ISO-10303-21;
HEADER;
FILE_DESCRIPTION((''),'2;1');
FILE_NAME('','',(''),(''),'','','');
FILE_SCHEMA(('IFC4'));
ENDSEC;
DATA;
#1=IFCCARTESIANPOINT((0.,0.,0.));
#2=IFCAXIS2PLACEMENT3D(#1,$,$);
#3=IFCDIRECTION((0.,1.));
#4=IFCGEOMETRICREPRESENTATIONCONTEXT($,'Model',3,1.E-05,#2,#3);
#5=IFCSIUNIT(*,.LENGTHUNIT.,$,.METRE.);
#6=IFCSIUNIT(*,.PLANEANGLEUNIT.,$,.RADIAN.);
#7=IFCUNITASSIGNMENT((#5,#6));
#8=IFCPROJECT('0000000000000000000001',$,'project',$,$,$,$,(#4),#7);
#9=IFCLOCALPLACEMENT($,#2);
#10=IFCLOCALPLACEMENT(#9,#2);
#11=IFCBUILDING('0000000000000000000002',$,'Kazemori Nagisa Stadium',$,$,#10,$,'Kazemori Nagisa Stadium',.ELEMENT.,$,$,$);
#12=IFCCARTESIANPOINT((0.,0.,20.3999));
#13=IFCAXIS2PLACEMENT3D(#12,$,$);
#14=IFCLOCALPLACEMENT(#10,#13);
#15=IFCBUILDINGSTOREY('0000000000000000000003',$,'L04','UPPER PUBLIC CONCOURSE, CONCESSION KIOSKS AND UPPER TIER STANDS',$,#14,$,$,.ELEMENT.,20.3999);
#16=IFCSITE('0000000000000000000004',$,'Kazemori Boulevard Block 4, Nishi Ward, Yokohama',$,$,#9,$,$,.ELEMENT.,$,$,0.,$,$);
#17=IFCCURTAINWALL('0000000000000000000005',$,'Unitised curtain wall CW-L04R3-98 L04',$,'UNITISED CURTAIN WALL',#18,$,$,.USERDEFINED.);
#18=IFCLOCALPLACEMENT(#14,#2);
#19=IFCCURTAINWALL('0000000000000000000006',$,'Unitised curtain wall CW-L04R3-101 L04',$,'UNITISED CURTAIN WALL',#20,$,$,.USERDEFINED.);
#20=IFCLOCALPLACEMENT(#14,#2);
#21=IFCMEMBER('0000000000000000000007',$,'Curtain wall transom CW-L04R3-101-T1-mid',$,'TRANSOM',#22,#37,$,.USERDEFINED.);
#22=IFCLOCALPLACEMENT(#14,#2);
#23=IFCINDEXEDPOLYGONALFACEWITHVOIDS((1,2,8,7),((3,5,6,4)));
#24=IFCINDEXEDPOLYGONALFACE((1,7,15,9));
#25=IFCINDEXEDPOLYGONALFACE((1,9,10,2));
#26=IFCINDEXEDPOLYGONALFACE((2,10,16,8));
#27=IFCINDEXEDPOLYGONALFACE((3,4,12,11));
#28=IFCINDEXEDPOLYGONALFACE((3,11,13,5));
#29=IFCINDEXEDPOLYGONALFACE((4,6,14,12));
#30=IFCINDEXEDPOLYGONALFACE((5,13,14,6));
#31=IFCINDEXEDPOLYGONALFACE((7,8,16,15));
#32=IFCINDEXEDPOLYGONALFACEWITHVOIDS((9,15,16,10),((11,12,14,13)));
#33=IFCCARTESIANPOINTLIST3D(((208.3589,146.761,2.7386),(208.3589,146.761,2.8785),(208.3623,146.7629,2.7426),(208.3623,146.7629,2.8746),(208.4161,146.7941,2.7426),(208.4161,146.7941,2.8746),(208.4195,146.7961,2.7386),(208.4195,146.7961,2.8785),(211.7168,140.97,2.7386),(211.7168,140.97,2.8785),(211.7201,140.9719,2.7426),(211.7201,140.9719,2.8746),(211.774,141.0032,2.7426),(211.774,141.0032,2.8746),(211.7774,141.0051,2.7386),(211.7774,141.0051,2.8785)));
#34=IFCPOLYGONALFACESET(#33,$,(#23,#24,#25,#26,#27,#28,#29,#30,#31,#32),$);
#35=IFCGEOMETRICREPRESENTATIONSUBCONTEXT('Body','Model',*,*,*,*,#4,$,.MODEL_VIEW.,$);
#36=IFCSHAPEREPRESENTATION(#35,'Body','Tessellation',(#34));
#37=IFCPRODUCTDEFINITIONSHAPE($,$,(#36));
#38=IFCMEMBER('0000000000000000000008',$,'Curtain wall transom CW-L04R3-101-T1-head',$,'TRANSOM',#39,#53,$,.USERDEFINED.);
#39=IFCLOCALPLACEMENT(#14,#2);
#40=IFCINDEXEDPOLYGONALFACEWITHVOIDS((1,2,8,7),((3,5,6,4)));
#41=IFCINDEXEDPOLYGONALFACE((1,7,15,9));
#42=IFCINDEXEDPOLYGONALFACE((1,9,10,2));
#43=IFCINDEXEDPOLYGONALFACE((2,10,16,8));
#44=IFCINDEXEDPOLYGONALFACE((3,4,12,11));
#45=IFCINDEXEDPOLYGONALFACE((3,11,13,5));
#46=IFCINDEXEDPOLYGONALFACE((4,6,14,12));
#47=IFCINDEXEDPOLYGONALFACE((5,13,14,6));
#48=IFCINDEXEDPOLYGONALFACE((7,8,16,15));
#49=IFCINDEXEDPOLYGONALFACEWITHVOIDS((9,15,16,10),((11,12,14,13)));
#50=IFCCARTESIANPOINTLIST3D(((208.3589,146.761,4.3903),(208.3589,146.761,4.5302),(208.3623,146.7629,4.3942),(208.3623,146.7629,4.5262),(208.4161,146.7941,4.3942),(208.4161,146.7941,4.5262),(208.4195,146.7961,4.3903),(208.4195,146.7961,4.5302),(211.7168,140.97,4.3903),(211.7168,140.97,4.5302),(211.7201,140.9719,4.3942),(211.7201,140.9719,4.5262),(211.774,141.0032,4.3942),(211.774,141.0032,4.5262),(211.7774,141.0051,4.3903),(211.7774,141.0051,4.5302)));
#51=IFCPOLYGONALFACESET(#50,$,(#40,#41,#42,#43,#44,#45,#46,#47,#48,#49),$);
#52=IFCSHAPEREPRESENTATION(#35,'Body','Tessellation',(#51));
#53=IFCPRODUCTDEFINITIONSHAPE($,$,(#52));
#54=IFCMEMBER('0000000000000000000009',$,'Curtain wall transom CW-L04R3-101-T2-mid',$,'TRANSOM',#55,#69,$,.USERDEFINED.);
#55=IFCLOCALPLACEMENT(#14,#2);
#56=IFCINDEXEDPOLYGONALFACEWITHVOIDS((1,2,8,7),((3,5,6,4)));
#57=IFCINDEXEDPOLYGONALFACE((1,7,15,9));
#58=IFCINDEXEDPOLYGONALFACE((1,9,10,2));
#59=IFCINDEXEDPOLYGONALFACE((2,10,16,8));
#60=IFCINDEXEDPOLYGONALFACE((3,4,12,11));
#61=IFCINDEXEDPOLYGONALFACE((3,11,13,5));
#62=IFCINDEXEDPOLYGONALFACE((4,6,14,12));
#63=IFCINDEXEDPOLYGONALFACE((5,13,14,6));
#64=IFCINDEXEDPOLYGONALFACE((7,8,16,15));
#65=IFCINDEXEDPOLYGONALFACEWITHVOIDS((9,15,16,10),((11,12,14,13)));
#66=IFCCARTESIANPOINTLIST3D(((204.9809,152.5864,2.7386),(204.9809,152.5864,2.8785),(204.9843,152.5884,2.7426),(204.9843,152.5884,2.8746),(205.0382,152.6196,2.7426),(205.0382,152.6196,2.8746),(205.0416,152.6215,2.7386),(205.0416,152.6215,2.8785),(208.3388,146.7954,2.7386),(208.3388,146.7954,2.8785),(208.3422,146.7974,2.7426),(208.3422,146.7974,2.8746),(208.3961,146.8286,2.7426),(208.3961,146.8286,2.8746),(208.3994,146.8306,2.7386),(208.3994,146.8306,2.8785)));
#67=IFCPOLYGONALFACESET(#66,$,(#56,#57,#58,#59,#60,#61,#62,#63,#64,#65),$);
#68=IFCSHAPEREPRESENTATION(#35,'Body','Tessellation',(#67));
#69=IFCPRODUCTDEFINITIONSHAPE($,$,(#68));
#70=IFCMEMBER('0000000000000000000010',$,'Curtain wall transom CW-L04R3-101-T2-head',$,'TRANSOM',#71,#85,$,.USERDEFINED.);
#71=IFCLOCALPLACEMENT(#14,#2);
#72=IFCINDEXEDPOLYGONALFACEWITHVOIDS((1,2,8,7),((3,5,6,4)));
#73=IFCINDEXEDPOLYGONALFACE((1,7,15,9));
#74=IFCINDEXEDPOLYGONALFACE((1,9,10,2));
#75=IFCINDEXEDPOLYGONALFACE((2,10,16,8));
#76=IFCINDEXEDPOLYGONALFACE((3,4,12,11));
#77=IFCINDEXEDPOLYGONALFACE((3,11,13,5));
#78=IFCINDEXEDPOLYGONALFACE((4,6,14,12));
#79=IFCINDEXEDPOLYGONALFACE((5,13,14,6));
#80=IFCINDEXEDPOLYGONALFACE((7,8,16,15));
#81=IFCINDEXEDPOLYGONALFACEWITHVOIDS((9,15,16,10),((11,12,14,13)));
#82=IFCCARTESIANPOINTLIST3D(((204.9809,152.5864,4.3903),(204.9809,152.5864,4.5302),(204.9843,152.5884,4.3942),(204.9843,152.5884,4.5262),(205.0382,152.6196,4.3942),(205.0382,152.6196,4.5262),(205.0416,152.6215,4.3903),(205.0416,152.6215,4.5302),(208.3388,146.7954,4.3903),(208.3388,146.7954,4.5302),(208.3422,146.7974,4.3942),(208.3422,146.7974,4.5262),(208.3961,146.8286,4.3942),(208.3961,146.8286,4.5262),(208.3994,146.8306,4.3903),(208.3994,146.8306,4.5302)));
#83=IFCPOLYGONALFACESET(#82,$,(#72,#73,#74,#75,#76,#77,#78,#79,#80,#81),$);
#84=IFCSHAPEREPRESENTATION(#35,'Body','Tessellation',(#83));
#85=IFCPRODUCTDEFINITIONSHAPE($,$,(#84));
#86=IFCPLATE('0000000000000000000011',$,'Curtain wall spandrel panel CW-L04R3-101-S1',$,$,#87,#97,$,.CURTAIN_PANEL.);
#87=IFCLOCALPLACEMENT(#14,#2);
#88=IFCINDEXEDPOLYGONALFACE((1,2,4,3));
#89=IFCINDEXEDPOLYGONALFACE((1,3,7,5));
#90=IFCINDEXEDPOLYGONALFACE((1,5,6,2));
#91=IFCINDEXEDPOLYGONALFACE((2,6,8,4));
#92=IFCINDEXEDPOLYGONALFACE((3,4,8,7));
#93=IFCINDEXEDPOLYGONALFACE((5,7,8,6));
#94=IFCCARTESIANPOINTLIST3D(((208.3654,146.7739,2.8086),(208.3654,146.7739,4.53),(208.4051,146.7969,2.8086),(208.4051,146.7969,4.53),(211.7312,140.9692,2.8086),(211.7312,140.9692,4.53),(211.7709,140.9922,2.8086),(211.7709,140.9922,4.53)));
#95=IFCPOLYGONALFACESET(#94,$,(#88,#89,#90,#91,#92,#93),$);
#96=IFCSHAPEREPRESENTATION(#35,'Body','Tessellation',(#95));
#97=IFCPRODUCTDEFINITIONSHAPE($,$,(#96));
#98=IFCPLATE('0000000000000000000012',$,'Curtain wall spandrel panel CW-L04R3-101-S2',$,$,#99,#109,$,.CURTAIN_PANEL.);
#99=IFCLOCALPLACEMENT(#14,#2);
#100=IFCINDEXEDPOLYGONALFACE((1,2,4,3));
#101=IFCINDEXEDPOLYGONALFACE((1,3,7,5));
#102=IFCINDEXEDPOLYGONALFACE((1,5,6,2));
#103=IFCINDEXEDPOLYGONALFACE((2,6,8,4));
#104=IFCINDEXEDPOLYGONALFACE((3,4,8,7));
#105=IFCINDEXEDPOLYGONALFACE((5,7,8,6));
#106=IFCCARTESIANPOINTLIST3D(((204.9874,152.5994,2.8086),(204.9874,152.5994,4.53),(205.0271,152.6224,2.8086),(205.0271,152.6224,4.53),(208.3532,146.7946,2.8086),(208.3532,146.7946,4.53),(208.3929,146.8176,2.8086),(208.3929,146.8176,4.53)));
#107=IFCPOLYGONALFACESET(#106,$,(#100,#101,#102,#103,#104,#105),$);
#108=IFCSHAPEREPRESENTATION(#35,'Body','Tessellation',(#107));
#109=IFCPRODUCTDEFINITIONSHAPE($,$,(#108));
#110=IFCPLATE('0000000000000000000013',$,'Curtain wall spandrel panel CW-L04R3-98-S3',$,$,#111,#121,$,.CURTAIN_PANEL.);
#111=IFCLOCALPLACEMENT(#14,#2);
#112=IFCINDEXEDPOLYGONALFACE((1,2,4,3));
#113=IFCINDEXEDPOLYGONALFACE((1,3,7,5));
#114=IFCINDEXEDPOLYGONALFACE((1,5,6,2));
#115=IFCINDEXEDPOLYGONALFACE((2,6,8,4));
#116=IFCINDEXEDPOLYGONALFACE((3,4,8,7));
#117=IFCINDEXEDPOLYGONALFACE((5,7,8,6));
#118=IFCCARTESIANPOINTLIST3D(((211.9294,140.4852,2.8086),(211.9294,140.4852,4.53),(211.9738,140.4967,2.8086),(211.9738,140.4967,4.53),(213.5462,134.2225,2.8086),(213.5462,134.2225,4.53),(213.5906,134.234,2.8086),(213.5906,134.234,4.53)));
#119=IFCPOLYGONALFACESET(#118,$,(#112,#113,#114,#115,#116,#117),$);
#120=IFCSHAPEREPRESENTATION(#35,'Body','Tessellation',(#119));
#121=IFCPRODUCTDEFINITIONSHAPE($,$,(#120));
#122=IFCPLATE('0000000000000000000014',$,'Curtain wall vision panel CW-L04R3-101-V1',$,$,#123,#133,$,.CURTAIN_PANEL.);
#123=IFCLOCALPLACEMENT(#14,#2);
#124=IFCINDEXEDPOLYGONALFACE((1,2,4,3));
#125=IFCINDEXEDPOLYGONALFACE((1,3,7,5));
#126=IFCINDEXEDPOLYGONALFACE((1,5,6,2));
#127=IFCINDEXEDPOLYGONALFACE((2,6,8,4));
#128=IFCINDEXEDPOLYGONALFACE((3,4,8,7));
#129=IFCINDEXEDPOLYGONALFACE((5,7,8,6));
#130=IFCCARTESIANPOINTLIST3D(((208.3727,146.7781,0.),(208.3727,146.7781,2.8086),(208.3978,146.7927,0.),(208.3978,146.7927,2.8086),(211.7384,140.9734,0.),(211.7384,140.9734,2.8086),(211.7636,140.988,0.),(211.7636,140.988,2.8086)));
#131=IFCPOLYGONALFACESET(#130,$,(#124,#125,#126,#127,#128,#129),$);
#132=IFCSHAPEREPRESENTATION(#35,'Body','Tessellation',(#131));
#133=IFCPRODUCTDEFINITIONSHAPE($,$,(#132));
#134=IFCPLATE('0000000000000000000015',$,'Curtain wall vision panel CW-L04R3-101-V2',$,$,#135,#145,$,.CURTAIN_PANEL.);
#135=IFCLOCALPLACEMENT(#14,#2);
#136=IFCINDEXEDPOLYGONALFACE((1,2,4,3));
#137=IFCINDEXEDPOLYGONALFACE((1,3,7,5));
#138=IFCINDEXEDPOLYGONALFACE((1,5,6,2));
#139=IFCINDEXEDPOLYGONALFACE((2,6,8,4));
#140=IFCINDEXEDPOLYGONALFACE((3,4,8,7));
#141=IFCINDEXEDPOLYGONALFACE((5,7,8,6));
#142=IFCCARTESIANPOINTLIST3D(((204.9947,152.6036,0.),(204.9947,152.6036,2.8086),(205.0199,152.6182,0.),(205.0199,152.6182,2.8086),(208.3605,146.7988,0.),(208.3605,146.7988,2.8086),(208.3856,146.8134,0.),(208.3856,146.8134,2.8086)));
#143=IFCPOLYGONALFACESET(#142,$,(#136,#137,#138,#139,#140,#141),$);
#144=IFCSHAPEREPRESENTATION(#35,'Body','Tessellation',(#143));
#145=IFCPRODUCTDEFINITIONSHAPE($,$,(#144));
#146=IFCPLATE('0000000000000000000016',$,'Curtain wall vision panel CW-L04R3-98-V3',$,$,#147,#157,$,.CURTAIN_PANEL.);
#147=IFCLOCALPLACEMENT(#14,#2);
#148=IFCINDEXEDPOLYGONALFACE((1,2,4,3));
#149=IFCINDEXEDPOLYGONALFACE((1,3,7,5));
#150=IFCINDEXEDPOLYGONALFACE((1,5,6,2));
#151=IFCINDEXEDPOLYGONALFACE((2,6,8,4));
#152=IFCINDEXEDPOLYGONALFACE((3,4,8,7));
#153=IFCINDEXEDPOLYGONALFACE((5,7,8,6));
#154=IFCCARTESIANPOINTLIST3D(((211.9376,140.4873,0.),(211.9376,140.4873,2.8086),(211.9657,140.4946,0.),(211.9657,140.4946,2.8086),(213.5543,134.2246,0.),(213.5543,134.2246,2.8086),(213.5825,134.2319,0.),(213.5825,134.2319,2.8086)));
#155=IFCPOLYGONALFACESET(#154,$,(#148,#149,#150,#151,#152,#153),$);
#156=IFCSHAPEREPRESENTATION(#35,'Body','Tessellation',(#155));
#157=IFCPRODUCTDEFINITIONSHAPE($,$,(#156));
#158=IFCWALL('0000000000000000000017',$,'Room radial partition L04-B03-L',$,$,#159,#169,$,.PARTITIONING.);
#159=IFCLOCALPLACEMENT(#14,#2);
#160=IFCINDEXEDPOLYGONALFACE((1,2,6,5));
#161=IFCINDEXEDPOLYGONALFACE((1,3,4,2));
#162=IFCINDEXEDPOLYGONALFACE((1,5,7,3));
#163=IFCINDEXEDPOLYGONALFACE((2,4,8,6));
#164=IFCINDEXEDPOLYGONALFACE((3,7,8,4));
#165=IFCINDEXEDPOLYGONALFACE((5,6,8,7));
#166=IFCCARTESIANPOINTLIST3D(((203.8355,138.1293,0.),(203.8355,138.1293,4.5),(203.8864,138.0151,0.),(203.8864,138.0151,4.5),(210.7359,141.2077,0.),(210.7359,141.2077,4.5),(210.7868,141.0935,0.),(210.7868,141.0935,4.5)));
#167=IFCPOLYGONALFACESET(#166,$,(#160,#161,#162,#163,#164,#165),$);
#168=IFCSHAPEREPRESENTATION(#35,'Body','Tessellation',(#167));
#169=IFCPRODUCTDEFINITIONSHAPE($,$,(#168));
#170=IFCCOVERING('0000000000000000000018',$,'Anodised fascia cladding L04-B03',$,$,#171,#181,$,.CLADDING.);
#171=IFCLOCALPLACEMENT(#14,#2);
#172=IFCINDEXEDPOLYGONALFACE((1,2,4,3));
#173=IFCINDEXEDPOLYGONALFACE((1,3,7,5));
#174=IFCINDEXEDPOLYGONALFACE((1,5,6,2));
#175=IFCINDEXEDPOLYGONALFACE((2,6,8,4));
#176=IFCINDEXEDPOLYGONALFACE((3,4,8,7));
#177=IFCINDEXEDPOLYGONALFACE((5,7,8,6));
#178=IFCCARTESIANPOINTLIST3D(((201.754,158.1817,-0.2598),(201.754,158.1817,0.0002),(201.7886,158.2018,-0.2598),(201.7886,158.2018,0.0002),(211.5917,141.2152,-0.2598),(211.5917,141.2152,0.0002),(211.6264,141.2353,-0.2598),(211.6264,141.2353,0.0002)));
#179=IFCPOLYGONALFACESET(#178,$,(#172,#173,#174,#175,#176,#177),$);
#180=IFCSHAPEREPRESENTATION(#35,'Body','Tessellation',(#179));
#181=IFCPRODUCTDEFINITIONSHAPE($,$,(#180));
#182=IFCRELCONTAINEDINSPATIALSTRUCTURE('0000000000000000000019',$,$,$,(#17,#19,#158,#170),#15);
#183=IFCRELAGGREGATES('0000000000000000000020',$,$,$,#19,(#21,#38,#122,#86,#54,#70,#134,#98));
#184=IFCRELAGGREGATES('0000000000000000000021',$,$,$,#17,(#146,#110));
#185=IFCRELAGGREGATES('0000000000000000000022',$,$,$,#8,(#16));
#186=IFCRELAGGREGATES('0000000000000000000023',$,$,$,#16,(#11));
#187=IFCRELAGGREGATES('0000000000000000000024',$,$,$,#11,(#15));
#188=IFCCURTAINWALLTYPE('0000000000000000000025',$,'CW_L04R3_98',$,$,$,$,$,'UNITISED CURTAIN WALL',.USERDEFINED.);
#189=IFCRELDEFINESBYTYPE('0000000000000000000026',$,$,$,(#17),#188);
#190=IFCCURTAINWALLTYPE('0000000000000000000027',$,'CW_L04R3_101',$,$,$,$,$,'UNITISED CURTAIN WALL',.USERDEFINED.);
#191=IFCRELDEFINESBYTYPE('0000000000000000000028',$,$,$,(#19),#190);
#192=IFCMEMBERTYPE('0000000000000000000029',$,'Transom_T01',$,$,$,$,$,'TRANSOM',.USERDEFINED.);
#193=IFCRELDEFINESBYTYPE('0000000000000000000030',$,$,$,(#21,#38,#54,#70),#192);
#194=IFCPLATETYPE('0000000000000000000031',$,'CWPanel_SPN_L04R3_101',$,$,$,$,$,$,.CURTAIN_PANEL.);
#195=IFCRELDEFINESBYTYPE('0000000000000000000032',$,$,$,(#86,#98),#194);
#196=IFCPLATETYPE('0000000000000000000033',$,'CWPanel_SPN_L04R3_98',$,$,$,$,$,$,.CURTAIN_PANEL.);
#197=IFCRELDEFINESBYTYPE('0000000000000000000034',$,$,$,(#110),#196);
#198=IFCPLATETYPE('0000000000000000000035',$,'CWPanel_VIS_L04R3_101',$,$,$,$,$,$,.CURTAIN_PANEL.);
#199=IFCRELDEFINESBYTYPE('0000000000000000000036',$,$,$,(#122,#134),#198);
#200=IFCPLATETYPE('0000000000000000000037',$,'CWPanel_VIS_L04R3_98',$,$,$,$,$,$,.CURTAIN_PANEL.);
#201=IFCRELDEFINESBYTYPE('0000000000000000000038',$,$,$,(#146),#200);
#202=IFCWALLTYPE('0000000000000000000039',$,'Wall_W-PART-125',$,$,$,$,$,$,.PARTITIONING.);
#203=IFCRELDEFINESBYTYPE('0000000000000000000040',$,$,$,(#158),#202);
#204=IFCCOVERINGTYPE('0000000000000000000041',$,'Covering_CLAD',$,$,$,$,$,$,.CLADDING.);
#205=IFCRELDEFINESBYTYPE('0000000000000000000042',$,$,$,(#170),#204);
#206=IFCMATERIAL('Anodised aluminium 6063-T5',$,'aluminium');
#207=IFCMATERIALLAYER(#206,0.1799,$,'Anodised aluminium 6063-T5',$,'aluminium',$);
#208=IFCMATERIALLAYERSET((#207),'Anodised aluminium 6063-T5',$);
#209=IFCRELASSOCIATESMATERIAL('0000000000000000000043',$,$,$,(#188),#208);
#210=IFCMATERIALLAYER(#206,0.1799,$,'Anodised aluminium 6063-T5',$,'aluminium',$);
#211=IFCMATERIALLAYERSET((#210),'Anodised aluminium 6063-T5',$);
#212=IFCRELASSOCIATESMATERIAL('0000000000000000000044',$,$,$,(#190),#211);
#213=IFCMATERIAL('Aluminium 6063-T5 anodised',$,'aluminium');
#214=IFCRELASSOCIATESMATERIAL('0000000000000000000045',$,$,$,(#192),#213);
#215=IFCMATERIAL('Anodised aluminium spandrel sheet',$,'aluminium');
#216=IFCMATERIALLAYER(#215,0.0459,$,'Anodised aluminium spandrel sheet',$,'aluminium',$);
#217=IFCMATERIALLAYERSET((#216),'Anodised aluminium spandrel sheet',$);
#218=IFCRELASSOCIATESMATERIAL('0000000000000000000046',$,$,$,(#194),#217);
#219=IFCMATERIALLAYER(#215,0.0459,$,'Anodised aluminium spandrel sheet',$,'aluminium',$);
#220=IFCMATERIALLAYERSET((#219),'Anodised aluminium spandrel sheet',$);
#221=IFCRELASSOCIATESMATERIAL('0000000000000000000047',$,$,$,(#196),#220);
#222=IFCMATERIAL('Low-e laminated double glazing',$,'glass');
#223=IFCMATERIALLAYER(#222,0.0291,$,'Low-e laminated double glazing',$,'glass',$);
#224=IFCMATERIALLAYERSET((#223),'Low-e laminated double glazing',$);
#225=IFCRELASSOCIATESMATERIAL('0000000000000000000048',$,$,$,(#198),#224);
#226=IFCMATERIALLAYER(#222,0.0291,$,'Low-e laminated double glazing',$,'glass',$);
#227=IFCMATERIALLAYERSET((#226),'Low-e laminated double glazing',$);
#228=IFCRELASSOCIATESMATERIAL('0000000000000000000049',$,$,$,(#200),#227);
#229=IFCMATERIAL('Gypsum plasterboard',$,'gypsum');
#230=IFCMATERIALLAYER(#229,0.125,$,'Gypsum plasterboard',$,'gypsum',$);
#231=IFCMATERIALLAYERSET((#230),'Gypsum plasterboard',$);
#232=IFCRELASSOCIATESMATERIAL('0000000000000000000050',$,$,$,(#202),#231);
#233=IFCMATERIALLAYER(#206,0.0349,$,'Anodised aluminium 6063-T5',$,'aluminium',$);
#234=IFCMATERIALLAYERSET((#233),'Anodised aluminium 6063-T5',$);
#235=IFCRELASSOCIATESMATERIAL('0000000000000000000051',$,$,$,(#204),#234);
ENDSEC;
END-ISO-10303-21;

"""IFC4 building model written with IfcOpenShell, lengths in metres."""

from ifc_helpers import new_model, si_unit, direction, frame, frame_2d, origin, origin_2d, place, context, subcontext, project, spatial, rectangle, hollow_rectangle, extrude, material, layer, layer_set, material_profile, profile_set, type_object, element, aggregate, save


model = new_model("IFC4")

# Units and contexts
model_context = context("Model", 3, precision=1e-05, world=origin(), true_north=direction((0.0, 1.0)))
body_context = subcontext(model_context, "Body", "Model", "MODEL_VIEW")
ifc_project = project(units=[si_unit("LENGTHUNIT", "METRE"), si_unit("PLANEANGLEUNIT", "RADIAN")], contexts=[model_context])

# Site, building, storey
site_placement = place(None, origin())
site = spatial("IfcSite", under=ifc_project, at=site_placement, Name="Kazemori Boulevard Block 4, Nishi Ward, Yokohama", CompositionType="ELEMENT", RefElevation=0.0)
building_placement = place(site_placement, origin())
building = spatial("IfcBuilding", under=site, at=building_placement, Name="Kazemori Nagisa Stadium", LongName="Kazemori Nagisa Stadium", CompositionType="ELEMENT")
storey_placement = place(building_placement, frame((0.0, 0.0, 20.3999)))
storey = spatial("IfcBuildingStorey", under=building, at=storey_placement, Name="L04", Description="UPPER PUBLIC CONCOURSE, CONCESSION KIOSKS AND UPPER TIER STANDS", CompositionType="ELEMENT", Elevation=20.3999)

# Curtain wall
ifc_material_1 = material(Name="Anodised aluminium 6063-T5", Category="aluminium")
ifc_layer_1 = layer(ifc_material_1, 0.1799, Name="Anodised aluminium 6063-T5", Category="aluminium")
ifc_layer_set_1 = layer_set([ifc_layer_1], Name="Anodised aluminium 6063-T5")
curtain_wall_type_1 = type_object("IfcCurtainWallType", Name="CW_L04R3_98", ElementType="UNITISED CURTAIN WALL", PredefinedType="USERDEFINED", material=ifc_layer_set_1)
curtain_wall_1_placement = place(storey_placement, origin())
curtain_wall_1 = element("IfcCurtainWall", 1, at=curtain_wall_1_placement, inside=storey, type_object=curtain_wall_type_1, Name="Unitised curtain wall CW-L04R3-98 L04", ObjectType="UNITISED CURTAIN WALL", PredefinedType="USERDEFINED")
ifc_material_2 = material(Name="Aluminium 6063-T5 anodised", Category="aluminium")

# Curtain wall, members, plates
ifc_layer_2 = layer(ifc_material_1, 0.1799, Name="Anodised aluminium 6063-T5", Category="aluminium")
ifc_layer_set_2 = layer_set([ifc_layer_2], Name="Anodised aluminium 6063-T5")
curtain_wall_type_2 = type_object("IfcCurtainWallType", Name="CW_L04R3_101", ElementType="UNITISED CURTAIN WALL", PredefinedType="USERDEFINED", material=ifc_layer_set_2)
curtain_wall_2_placement = place(storey_placement, origin())
curtain_wall_2 = element("IfcCurtainWall", 2, at=curtain_wall_2_placement, inside=storey, type_object=curtain_wall_type_2, Name="Unitised curtain wall CW-L04R3-101 L04", ObjectType="UNITISED CURTAIN WALL", PredefinedType="USERDEFINED")
ifc_material_profile_1 = material_profile(ifc_material_2, hollow_rectangle(XDim=0.0701, YDim=0.1399, WallThickness=0.0039, at=origin_2d()), Name="ALU-TRAN-70x140x4")
ifc_profile_set_1 = profile_set([ifc_material_profile_1], Name="Aluminium 6063-T5 anodised")
member_type_1 = type_object("IfcMemberType", Name="Transom_T01", ElementType="TRANSOM", PredefinedType="USERDEFINED", material=ifc_profile_set_1)
member_1_placement = place(storey_placement, frame((211.7471, 140.9875, 2.8086), z_axis=(-0.50162, 0.865088, 0.0), x_axis=(-0.865088, -0.50162, 0.0)))
member_1 = element("IfcMember", 3, at=member_1_placement, type_object=member_type_1, Name="Curtain wall transom CW-L04R3-101-T1-mid", ObjectType="TRANSOM", PredefinedType="USERDEFINED", context=body_context, shape_type="SweptSolid", body=[
    extrude(hollow_rectangle(XDim=0.0701, YDim=0.1399, WallThickness=0.0039, at=origin_2d()), origin(), (0.0, 0.0, 1.0), 6.6941),
])
member_2_placement = place(storey_placement, frame((211.7471, 140.9875, 4.4602), z_axis=(-0.50162, 0.865088, 0.0), x_axis=(-0.865088, -0.50162, 0.0)))
member_2 = element("IfcMember", 4, at=member_2_placement, type_object=member_type_1, Name="Curtain wall transom CW-L04R3-101-T1-head", ObjectType="TRANSOM", PredefinedType="USERDEFINED", context=body_context, shape_type="SweptSolid", body=[
    extrude(hollow_rectangle(XDim=0.0701, YDim=0.1399, WallThickness=0.0039, at=origin_2d()), origin(), (0.0, 0.0, 1.0), 6.6941),
])
member_3_placement = place(storey_placement, frame((208.3691, 146.813, 2.8086), z_axis=(-0.50162, 0.865088, 0.0), x_axis=(-0.865088, -0.50162, 0.0)))
member_3 = element("IfcMember", 5, at=member_3_placement, type_object=member_type_1, Name="Curtain wall transom CW-L04R3-101-T2-mid", ObjectType="TRANSOM", PredefinedType="USERDEFINED", context=body_context, shape_type="SweptSolid", body=[
    extrude(hollow_rectangle(XDim=0.0701, YDim=0.1399, WallThickness=0.0039, at=origin_2d()), origin(), (0.0, 0.0, 1.0), 6.6941),
])
member_4_placement = place(storey_placement, frame((208.3691, 146.813, 4.4602), z_axis=(-0.50162, 0.865088, 0.0), x_axis=(-0.865088, -0.50162, 0.0)))
member_4 = element("IfcMember", 6, at=member_4_placement, type_object=member_type_1, Name="Curtain wall transom CW-L04R3-101-T2-head", ObjectType="TRANSOM", PredefinedType="USERDEFINED", context=body_context, shape_type="SweptSolid", body=[
    extrude(hollow_rectangle(XDim=0.0701, YDim=0.1399, WallThickness=0.0039, at=origin_2d()), origin(), (0.0, 0.0, 1.0), 6.6941),
])
ifc_material_3 = material(Name="Anodised aluminium spandrel sheet", Category="aluminium")
ifc_layer_3 = layer(ifc_material_3, 0.0459, Name="Anodised aluminium spandrel sheet", Category="aluminium")
ifc_layer_set_3 = layer_set([ifc_layer_3], Name="Anodised aluminium spandrel sheet")
plate_type_1 = type_object("IfcPlateType", Name="CWPanel_SPN_L04R3_101", PredefinedType="CURTAIN_PANEL", material=ifc_layer_set_3)
plate_1_placement = place(storey_placement, frame((210.0681, 143.8831, 2.8086), z_axis=(0.0, 0.0, 1.0), x_axis=(-0.501612, 0.865093, 0.0)))
plate_1 = element("IfcPlate", 7, at=plate_1_placement, type_object=plate_type_1, Name="Curtain wall spandrel panel CW-L04R3-101-S1", PredefinedType="CURTAIN_PANEL", context=body_context, shape_type="SweptSolid", body=[
    extrude(rectangle(XDim=6.71, YDim=0.0459, at=origin_2d()), origin(), (0.0, 0.0, 1.0), 1.7214),
])
plate_2_placement = place(storey_placement, frame((206.6902, 149.7085, 2.8086), z_axis=(0.0, 0.0, 1.0), x_axis=(-0.501612, 0.865093, 0.0)))
plate_2 = element("IfcPlate", 8, at=plate_2_placement, type_object=plate_type_1, Name="Curtain wall spandrel panel CW-L04R3-101-S2", PredefinedType="CURTAIN_PANEL", context=body_context, shape_type="SweptSolid", body=[
    extrude(rectangle(XDim=6.71, YDim=0.0459, at=origin_2d()), origin(), (0.0, 0.0, 1.0), 1.7214),
])

# Plates
ifc_layer_4 = layer(ifc_material_3, 0.0459, Name="Anodised aluminium spandrel sheet", Category="aluminium")
ifc_layer_set_4 = layer_set([ifc_layer_4], Name="Anodised aluminium spandrel sheet")
plate_type_2 = type_object("IfcPlateType", Name="CWPanel_SPN_L04R3_98", PredefinedType="CURTAIN_PANEL", material=ifc_layer_set_4)
plate_3_placement = place(storey_placement, frame((212.76, 137.3596, 2.8086), z_axis=(0.0, 0.0, 1.0), x_axis=(-0.249965, 0.968255, 0.0)))
plate_3 = element("IfcPlate", 9, at=plate_3_placement, type_object=plate_type_2, Name="Curtain wall spandrel panel CW-L04R3-98-S3", PredefinedType="CURTAIN_PANEL", context=body_context, shape_type="SweptSolid", body=[
    extrude(rectangle(XDim=6.468, YDim=0.0459, at=origin_2d()), origin(), (0.0, 0.0, 1.0), 1.7214),
])
ifc_material_4 = material(Name="Low-e laminated double glazing", Category="glass")
ifc_layer_5 = layer(ifc_material_4, 0.0291, Name="Low-e laminated double glazing", Category="glass")
ifc_layer_set_5 = layer_set([ifc_layer_5], Name="Low-e laminated double glazing")
plate_type_3 = type_object("IfcPlateType", Name="CWPanel_VIS_L04R3_101", PredefinedType="CURTAIN_PANEL", material=ifc_layer_set_5)
plate_4_placement = place(storey_placement, frame((210.0681, 143.8831, 0.0), z_axis=(0.0, 0.0, 1.0), x_axis=(-0.501612, 0.865093, 0.0)))
plate_4 = element("IfcPlate", 10, at=plate_4_placement, type_object=plate_type_3, Name="Curtain wall vision panel CW-L04R3-101-V1", PredefinedType="CURTAIN_PANEL", context=body_context, shape_type="SweptSolid", body=[
    extrude(rectangle(XDim=6.71, YDim=0.0291, at=origin_2d()), origin(), (0.0, 0.0, 1.0), 2.8086),
])
plate_5_placement = place(storey_placement, frame((206.6902, 149.7085, 0.0), z_axis=(0.0, 0.0, 1.0), x_axis=(-0.501612, 0.865093, 0.0)))
plate_5 = element("IfcPlate", 11, at=plate_5_placement, type_object=plate_type_3, Name="Curtain wall vision panel CW-L04R3-101-V2", PredefinedType="CURTAIN_PANEL", context=body_context, shape_type="SweptSolid", body=[
    extrude(rectangle(XDim=6.71, YDim=0.0291, at=origin_2d()), origin(), (0.0, 0.0, 1.0), 2.8086),
])
aggregate(curtain_wall_2, [member_1, member_2, plate_4, plate_1, member_3, member_4, plate_5, plate_2])
ifc_layer_6 = layer(ifc_material_4, 0.0291, Name="Low-e laminated double glazing", Category="glass")
ifc_layer_set_6 = layer_set([ifc_layer_6], Name="Low-e laminated double glazing")
plate_type_4 = type_object("IfcPlateType", Name="CWPanel_VIS_L04R3_98", PredefinedType="CURTAIN_PANEL", material=ifc_layer_set_6)
plate_6_placement = place(storey_placement, frame((212.76, 137.3596, 0.0), z_axis=(0.0, 0.0, 1.0), x_axis=(-0.249965, 0.968255, 0.0)))
plate_6 = element("IfcPlate", 12, at=plate_6_placement, type_object=plate_type_4, Name="Curtain wall vision panel CW-L04R3-98-V3", PredefinedType="CURTAIN_PANEL", context=body_context, shape_type="SweptSolid", body=[
    extrude(rectangle(XDim=6.468, YDim=0.0291, at=origin_2d()), origin(), (0.0, 0.0, 1.0), 2.8086),
])
aggregate(curtain_wall_1, [plate_6, plate_3])

# Wall
ifc_material_5 = material(Name="Gypsum plasterboard", Category="gypsum")
ifc_layer_7 = layer(ifc_material_5, 0.125, Name="Gypsum plasterboard", Category="gypsum")
ifc_layer_set_7 = layer_set([ifc_layer_7], Name="Gypsum plasterboard")
wall_type = type_object("IfcWallType", Name="Wall_W-PART-125", PredefinedType="PARTITIONING", material=ifc_layer_set_7)
wall_placement = place(storey_placement, frame((203.8611, 138.0723, 0.0), z_axis=(0.0, 0.0, 1.0), x_axis=(0.913244, 0.407412, 0.0)))
element("IfcWall", 13, at=wall_placement, inside=storey, type_object=wall_type, Name="Room radial partition L04-B03-L", PredefinedType="PARTITIONING", context=body_context, shape_type="SweptSolid", body=[
    extrude(rectangle(XDim=7.5559, YDim=0.125, at=frame_2d((3.7778, 0.0))), origin(), (0.0, 0.0, 1.0), 4.5),
])

# Covering
ifc_layer_8 = layer(ifc_material_1, 0.0349, Name="Anodised aluminium 6063-T5", Category="aluminium")
ifc_layer_set_8 = layer_set([ifc_layer_8], Name="Anodised aluminium 6063-T5")
covering_type = type_object("IfcCoveringType", Name="Covering_CLAD", PredefinedType="CLADDING", material=ifc_layer_set_8)
covering_placement = place(storey_placement, frame((206.6902, 149.7085, -0.2598), z_axis=(0.0, 0.0, 1.0), x_axis=(-0.501612, 0.865093, 0.0)))
element("IfcCovering", 14, at=covering_placement, inside=storey, type_object=covering_type, Name="Anodised fascia cladding L04-B03", PredefinedType="CLADDING", context=body_context, shape_type="SweptSolid", body=[
    extrude(rectangle(XDim=19.6123, YDim=0.04, at=origin_2d()), origin(), (0.0, 0.0, 1.0), 0.26),
])

save(model, "model.ifc")
